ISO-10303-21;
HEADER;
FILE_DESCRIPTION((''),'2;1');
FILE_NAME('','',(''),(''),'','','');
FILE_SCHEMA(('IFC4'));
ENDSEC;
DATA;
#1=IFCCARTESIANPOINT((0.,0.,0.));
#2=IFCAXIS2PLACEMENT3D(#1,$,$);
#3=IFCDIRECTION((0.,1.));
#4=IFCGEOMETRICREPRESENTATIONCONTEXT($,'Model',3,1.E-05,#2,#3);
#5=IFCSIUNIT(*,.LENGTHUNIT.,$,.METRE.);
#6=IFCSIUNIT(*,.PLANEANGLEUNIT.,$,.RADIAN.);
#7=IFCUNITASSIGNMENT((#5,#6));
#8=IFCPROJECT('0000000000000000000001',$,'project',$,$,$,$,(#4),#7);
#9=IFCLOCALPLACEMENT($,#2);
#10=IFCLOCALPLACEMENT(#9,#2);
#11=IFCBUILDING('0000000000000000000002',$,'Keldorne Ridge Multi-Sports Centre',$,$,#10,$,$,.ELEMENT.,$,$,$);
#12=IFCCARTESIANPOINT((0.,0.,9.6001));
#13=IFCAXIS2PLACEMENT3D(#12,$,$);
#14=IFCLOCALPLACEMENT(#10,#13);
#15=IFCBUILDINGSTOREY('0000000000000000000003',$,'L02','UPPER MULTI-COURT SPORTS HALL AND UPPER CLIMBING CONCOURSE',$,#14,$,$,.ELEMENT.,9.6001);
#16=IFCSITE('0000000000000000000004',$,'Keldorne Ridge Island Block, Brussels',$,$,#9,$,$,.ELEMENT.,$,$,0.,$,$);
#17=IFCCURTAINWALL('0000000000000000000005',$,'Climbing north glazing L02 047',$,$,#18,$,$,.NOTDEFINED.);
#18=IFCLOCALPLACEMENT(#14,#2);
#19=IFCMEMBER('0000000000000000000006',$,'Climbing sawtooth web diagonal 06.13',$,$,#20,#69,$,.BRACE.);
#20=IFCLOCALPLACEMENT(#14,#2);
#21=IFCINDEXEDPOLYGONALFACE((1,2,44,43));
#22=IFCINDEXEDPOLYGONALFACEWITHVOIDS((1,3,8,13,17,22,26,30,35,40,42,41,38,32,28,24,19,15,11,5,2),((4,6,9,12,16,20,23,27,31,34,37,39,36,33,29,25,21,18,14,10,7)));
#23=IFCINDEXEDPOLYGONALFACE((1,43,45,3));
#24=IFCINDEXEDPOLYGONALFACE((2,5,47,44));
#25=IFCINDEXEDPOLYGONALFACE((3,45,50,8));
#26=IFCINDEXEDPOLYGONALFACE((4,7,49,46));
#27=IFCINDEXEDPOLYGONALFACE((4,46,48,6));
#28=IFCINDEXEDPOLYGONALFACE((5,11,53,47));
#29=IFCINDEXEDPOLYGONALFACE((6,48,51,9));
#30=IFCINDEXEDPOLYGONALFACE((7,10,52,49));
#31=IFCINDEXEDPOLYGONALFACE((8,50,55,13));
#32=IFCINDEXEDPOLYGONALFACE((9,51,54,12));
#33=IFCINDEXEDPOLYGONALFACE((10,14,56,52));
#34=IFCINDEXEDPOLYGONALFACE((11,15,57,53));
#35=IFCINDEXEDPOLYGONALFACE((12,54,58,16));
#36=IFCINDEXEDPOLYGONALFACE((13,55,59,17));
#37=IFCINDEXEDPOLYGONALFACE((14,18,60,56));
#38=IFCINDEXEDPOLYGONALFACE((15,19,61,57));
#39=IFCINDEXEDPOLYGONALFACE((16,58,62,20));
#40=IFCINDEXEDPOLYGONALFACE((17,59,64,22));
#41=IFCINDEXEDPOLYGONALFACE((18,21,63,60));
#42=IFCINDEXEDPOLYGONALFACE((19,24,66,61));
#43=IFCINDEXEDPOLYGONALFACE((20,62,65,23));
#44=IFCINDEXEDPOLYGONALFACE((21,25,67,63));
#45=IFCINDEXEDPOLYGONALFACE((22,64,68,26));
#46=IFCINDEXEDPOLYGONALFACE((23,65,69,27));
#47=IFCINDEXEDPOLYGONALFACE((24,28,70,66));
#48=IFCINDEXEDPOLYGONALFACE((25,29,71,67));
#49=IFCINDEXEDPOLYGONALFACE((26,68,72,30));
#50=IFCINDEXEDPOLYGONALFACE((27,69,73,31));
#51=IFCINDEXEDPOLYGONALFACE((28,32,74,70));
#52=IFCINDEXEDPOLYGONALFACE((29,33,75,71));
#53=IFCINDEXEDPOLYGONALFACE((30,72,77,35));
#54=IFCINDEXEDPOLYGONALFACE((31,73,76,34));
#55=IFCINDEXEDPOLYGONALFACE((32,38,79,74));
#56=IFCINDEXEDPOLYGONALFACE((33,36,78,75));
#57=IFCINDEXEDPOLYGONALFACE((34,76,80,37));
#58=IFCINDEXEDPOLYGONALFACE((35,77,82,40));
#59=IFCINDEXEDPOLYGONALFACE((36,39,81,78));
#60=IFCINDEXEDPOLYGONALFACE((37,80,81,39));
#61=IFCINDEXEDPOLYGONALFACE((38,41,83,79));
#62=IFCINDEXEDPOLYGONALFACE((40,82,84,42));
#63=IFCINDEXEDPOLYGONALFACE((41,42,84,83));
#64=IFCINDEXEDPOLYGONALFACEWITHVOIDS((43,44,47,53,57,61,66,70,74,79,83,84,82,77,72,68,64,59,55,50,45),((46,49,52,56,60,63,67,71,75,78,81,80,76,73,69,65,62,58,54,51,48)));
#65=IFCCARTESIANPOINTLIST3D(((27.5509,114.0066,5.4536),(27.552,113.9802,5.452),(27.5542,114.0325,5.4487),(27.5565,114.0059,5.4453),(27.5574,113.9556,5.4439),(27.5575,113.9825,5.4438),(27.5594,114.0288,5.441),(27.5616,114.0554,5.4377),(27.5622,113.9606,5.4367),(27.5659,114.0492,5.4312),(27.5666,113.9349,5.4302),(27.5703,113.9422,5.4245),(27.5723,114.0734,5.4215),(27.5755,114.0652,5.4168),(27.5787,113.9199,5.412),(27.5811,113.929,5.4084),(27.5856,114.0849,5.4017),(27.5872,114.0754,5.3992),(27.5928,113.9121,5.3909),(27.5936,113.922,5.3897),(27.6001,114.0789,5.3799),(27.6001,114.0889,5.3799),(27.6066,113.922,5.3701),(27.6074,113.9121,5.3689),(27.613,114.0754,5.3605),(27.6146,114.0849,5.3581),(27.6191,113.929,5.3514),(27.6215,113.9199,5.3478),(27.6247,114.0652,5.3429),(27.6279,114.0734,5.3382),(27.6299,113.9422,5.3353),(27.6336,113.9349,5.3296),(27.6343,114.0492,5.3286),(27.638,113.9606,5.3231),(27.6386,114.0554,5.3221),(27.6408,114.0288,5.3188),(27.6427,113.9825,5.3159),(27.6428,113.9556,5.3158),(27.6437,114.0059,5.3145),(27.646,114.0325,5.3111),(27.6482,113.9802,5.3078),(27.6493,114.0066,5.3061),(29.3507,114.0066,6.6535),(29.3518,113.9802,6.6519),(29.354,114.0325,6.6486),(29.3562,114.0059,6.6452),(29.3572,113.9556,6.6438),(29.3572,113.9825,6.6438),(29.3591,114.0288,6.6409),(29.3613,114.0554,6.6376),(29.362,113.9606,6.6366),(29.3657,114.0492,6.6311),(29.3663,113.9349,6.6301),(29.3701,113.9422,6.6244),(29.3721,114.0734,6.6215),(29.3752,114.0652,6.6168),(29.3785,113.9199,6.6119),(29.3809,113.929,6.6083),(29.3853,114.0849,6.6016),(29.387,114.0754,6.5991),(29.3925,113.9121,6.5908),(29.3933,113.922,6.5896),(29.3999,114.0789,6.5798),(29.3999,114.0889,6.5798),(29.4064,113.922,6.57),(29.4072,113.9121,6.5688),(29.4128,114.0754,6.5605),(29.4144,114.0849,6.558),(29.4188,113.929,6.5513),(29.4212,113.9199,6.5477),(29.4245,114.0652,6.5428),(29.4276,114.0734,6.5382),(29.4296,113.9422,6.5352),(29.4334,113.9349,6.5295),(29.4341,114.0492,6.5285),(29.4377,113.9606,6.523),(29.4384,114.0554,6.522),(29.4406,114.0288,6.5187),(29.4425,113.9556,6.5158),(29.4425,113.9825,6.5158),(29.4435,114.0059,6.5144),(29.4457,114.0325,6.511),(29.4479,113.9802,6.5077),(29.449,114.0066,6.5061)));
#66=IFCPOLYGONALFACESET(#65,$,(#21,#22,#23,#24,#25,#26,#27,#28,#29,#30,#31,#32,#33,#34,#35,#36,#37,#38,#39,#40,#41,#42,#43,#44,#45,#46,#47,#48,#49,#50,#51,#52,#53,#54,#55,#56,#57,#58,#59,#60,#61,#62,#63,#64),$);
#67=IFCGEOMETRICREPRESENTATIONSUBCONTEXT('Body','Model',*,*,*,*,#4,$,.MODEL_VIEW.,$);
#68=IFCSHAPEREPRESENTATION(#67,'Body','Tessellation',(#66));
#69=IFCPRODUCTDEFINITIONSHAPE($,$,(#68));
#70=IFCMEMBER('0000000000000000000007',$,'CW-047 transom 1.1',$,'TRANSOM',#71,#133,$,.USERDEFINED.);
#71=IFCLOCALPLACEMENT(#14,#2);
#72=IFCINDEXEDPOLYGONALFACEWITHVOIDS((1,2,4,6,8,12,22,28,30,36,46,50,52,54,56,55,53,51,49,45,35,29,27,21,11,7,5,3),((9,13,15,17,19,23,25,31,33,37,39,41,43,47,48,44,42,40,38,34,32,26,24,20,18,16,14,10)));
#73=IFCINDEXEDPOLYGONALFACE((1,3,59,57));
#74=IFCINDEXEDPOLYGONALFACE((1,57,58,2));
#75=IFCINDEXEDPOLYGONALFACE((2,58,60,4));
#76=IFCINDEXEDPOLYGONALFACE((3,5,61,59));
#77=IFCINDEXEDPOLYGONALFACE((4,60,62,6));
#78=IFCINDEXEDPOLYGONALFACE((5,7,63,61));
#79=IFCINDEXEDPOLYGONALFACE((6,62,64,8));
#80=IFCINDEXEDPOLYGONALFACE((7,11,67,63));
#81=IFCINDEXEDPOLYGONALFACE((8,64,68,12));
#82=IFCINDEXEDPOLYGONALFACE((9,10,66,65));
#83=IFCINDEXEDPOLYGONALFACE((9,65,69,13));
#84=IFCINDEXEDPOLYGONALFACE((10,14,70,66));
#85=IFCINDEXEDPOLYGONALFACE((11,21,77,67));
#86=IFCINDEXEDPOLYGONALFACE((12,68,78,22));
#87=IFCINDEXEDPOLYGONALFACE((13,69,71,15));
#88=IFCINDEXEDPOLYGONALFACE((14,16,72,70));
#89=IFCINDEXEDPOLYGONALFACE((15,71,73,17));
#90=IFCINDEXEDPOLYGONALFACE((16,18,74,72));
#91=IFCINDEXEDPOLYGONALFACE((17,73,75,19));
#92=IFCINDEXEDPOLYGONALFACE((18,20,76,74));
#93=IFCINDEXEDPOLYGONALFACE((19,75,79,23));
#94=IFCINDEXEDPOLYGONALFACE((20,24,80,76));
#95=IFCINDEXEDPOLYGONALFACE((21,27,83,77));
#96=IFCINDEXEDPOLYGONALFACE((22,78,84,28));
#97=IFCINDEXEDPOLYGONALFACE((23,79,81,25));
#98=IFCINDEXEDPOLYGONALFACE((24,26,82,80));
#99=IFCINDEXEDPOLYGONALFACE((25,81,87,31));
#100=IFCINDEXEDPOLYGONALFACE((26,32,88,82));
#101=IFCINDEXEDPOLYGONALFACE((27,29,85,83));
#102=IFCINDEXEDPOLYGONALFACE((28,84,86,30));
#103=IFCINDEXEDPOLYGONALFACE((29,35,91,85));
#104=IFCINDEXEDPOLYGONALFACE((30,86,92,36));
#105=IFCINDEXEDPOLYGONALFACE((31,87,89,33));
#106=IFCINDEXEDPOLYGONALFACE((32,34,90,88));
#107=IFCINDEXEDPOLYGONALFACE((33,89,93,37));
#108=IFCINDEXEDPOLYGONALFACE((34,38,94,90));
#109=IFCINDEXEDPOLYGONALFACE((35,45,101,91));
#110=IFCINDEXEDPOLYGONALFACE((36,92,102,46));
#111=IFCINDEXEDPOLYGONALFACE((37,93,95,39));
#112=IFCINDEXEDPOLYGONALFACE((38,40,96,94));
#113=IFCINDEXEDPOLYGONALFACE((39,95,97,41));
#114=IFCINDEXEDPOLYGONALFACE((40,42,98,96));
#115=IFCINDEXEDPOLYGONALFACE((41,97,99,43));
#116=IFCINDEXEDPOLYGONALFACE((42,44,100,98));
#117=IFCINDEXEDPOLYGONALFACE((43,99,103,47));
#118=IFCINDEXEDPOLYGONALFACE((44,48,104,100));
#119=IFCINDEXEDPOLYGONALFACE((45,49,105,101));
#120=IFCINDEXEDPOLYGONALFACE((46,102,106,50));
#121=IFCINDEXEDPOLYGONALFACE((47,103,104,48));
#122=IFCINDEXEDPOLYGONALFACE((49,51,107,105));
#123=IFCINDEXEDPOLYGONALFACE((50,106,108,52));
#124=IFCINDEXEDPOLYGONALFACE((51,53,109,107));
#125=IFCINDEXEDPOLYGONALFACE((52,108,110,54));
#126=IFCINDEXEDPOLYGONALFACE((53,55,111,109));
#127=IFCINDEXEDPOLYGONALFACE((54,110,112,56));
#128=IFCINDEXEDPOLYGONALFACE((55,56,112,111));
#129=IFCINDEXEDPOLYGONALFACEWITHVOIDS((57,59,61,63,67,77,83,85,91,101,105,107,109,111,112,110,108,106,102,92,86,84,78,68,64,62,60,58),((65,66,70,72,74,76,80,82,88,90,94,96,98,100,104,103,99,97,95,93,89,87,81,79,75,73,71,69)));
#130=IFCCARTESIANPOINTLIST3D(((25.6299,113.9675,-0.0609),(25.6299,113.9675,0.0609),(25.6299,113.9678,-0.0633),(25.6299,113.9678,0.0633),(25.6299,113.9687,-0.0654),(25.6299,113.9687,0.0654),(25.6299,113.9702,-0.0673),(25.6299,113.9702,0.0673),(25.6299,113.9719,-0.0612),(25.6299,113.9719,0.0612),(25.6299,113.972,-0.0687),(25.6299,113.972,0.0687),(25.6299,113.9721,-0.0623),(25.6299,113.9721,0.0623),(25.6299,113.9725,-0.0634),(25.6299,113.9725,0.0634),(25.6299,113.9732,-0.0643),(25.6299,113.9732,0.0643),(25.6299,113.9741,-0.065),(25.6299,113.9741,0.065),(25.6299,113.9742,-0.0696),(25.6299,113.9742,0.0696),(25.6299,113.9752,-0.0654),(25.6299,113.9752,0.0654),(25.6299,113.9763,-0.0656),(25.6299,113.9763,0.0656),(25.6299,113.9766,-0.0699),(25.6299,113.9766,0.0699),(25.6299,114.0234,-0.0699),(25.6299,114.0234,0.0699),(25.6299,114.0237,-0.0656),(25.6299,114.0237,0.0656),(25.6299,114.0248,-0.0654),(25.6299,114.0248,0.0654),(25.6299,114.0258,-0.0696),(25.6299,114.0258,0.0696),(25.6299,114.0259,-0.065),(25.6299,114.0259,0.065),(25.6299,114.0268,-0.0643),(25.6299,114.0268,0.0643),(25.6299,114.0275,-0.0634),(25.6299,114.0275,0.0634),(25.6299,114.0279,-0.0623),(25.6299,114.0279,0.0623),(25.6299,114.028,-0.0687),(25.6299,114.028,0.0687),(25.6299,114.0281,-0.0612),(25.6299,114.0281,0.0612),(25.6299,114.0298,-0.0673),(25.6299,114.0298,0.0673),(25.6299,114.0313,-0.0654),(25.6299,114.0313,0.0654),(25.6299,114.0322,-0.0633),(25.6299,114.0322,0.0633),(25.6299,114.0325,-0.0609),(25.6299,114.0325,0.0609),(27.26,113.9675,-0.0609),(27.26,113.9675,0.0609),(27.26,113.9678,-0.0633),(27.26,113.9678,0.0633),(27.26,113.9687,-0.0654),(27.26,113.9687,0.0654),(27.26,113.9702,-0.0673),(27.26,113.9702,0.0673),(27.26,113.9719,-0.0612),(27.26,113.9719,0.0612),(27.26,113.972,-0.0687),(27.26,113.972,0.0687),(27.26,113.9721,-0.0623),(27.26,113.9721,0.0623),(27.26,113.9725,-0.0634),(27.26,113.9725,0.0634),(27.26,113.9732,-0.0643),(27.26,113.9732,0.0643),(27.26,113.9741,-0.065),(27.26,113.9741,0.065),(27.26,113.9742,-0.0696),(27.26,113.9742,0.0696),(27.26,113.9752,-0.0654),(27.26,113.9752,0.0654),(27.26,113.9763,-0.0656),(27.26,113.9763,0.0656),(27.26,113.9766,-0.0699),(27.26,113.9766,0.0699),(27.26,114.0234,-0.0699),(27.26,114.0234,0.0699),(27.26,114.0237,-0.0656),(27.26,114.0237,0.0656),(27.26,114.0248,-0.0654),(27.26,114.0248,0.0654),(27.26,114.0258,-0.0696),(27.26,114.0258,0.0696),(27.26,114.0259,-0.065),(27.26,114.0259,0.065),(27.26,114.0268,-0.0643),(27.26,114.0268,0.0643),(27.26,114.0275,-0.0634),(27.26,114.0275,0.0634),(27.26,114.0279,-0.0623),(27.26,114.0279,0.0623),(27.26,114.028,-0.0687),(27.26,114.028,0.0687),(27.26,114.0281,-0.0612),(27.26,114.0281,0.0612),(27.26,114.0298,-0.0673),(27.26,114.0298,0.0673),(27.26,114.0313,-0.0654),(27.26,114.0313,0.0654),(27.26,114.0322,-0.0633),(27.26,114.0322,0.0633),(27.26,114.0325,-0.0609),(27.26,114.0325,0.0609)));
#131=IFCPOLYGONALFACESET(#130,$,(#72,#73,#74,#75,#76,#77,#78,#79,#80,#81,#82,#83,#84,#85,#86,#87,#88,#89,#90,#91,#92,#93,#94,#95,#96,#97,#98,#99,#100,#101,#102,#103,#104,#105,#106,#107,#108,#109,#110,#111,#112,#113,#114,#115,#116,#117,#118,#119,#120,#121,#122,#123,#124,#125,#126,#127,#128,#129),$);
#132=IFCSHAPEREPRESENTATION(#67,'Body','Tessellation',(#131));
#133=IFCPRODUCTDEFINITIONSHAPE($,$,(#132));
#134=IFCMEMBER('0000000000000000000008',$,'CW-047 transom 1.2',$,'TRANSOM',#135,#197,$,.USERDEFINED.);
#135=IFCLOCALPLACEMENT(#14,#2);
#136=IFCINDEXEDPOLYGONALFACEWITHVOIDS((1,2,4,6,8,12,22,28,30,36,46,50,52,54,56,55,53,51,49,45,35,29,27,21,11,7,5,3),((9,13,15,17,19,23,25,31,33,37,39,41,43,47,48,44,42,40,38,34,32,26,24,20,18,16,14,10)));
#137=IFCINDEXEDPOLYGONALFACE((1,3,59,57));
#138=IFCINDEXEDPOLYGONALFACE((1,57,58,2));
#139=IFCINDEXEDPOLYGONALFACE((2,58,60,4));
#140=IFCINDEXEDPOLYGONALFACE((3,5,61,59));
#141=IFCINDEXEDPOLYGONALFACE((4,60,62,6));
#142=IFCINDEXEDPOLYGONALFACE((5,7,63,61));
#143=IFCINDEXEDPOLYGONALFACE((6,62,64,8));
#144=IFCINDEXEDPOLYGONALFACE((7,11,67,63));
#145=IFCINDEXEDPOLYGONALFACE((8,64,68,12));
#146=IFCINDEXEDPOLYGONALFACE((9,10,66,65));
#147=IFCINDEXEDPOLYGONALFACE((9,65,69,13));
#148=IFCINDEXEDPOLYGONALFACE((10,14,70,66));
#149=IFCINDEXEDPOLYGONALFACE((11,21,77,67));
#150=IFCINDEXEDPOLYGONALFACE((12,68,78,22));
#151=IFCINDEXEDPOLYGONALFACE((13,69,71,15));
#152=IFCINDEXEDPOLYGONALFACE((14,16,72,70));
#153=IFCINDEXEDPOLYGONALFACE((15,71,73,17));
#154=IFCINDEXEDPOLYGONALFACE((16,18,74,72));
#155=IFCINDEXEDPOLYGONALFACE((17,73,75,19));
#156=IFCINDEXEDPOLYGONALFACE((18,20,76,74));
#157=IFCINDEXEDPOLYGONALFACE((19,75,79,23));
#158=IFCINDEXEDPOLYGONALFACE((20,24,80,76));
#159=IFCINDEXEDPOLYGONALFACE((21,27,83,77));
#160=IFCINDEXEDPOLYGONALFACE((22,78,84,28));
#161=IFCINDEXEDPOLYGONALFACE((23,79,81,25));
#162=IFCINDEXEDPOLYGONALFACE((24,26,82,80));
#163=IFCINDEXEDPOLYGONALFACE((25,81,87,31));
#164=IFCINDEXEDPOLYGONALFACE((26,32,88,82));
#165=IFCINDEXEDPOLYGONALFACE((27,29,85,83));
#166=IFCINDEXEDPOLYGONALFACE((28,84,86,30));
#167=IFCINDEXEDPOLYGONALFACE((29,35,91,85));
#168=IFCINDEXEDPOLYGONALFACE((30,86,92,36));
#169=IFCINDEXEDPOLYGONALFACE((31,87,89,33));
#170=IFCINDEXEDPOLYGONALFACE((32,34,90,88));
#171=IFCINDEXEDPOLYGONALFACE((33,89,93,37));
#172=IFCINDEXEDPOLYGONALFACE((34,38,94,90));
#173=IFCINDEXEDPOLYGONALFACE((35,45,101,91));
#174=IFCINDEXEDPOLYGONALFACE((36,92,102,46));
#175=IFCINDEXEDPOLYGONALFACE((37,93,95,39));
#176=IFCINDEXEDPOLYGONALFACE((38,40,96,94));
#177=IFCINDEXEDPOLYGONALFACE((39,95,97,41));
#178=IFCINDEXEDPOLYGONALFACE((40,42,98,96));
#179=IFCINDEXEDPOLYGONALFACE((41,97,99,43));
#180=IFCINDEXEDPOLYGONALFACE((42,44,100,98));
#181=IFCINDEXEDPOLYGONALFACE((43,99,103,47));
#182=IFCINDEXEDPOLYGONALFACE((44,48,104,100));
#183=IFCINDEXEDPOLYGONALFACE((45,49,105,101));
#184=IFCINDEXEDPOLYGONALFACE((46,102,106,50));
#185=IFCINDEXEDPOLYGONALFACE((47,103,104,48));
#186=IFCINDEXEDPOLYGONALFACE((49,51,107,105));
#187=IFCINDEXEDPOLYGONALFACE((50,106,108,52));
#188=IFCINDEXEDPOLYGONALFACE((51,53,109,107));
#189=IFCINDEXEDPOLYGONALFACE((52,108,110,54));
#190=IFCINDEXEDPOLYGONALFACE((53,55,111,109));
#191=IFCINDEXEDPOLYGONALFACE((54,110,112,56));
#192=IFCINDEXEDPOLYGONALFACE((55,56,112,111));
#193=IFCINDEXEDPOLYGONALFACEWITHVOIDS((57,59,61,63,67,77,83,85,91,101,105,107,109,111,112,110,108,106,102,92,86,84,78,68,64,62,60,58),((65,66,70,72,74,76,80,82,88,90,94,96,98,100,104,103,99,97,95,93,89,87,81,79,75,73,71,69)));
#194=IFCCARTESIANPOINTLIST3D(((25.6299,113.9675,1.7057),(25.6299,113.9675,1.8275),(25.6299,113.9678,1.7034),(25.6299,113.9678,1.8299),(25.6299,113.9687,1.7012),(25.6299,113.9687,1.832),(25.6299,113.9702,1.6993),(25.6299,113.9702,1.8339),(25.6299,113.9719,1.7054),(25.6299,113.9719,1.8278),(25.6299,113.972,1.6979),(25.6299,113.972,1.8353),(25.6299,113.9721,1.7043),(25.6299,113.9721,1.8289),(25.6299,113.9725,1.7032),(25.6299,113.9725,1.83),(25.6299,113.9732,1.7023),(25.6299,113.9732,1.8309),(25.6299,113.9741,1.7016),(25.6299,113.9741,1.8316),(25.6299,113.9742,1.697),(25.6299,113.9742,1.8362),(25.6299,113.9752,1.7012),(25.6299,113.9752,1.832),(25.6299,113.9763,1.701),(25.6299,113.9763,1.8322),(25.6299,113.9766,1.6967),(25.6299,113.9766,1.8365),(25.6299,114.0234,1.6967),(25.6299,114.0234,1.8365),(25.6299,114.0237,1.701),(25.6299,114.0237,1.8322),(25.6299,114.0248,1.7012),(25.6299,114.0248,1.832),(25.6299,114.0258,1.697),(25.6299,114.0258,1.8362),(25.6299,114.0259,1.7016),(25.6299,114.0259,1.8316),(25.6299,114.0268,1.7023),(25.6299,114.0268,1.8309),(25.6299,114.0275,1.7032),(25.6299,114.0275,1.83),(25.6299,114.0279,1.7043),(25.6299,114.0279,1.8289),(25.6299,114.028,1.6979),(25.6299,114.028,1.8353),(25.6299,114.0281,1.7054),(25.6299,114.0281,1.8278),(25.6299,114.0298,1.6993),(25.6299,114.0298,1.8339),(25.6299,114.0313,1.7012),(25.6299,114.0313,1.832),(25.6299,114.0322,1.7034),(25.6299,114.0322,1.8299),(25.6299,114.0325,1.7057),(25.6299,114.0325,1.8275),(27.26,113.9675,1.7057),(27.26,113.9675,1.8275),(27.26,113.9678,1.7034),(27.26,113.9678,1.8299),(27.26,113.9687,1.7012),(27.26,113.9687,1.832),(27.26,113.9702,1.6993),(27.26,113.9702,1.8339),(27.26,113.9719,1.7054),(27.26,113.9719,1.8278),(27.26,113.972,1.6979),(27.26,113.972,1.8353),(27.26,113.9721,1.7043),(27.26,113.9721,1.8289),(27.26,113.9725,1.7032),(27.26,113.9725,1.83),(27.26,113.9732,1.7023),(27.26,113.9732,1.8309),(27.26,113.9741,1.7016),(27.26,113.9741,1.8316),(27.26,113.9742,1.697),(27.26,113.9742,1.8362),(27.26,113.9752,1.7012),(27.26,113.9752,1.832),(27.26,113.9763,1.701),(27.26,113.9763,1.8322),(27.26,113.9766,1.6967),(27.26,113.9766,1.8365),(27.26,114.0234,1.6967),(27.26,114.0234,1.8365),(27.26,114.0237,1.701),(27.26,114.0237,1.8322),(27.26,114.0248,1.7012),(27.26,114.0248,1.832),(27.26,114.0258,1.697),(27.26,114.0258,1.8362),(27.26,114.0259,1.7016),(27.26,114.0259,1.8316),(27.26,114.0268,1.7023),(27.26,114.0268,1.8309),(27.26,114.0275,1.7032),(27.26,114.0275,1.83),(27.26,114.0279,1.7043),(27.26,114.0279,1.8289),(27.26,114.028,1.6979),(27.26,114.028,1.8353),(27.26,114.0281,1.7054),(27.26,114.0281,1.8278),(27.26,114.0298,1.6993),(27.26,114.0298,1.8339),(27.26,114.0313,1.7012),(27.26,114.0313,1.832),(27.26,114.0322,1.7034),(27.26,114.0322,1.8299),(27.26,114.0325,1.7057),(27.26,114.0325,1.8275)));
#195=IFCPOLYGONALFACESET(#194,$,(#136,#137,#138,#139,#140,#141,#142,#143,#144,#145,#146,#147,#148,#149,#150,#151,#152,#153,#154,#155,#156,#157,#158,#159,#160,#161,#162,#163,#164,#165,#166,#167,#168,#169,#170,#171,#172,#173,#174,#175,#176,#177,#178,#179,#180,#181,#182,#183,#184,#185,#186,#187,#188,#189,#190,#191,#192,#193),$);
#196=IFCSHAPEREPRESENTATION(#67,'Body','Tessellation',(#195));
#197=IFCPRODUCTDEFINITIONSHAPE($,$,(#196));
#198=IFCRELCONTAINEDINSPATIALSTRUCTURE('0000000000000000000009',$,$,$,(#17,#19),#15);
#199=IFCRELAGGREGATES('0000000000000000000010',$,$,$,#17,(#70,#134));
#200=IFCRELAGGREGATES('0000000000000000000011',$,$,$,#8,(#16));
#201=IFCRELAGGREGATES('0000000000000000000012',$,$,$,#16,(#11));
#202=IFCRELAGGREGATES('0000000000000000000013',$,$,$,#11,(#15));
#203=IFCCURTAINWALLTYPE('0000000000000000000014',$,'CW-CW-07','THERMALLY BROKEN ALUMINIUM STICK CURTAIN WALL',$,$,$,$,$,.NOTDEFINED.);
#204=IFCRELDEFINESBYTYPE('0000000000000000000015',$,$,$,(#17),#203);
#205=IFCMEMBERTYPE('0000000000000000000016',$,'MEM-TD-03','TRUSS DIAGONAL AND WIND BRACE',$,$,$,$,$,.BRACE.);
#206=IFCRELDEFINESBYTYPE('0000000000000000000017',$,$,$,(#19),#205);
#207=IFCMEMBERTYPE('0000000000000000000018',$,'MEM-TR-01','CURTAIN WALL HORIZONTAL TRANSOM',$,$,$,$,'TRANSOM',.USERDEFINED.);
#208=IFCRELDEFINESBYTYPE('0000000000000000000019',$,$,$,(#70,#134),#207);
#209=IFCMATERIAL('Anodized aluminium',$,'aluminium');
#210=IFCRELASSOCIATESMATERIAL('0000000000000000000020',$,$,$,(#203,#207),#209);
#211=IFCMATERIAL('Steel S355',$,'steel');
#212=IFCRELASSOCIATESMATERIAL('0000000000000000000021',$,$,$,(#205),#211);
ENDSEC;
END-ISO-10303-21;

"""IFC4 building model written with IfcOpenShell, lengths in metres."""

from ifc_helpers import new_model, si_unit, direction, frame, origin, origin_2d, place, context, subcontext, project, spatial, hollow_rectangle, hollow_circle, extrude, material, material_profile, profile_set, type_object, element, aggregate, save


model = new_model("IFC4")

# Units and contexts
model_context = context("Model", 3, precision=1e-05, world=origin(), true_north=direction((0.0, 1.0)))
body_context = subcontext(model_context, "Body", "Model", "MODEL_VIEW")
ifc_project = project(units=[si_unit("LENGTHUNIT", "METRE"), si_unit("PLANEANGLEUNIT", "RADIAN")], contexts=[model_context])

# Site, building, storey
site_placement = place(None, origin())
site = spatial("IfcSite", under=ifc_project, at=site_placement, Name="Keldorne Ridge Island Block, Brussels", CompositionType="ELEMENT", RefElevation=0.0)
building_placement = place(site_placement, origin())
building = spatial("IfcBuilding", under=site, at=building_placement, Name="Keldorne Ridge Multi-Sports Centre", CompositionType="ELEMENT")
storey_placement = place(building_placement, frame((0.0, 0.0, 9.6001)))
storey = spatial("IfcBuildingStorey", under=building, at=storey_placement, Name="L02", Description="UPPER MULTI-COURT SPORTS HALL AND UPPER CLIMBING CONCOURSE", CompositionType="ELEMENT", Elevation=9.6001)

# Shared definitions
ifc_material_1 = material(Name="Steel S355", Category="steel")

# Curtain wall
ifc_material_2 = material(Name="Anodized aluminium", Category="aluminium")
curtain_wall_type = type_object("IfcCurtainWallType", Name="CW-CW-07", Description="THERMALLY BROKEN ALUMINIUM STICK CURTAIN WALL", PredefinedType="NOTDEFINED", material=ifc_material_2)
curtain_wall_placement = place(storey_placement, origin())
curtain_wall = element("IfcCurtainWall", 1, at=curtain_wall_placement, inside=storey, type_object=curtain_wall_type, Name="Climbing north glazing L02 047", PredefinedType="NOTDEFINED")

# Member
ifc_material_profile_1 = material_profile(ifc_material_1, hollow_circle(Radius=0.0889, WallThickness=0.01, at=origin_2d()), Name="CHS 177.8x10")
ifc_profile_set_1 = profile_set([ifc_material_profile_1], Name="Steel S355")
member_type_1 = type_object("IfcMemberType", Name="MEM-TD-03", Description="TRUSS DIAGONAL AND WIND BRACE", PredefinedType="BRACE", material=ifc_profile_set_1)
member_1_placement = place(storey_placement, frame((27.6001, 114.0, 5.3799), z_axis=(0.832033, 0.0, 0.554726), x_axis=(0.0, 1.0, 0.0)))
element("IfcMember", 2, at=member_1_placement, inside=storey, type_object=member_type_1, Name="Climbing sawtooth web diagonal 06.13", PredefinedType="BRACE", context=body_context, shape_type="SweptSolid", body=[
    extrude(hollow_circle(Radius=0.0889, WallThickness=0.01, at=origin_2d()), origin(), (0.0, 0.0, 1.0), 2.1631),
])

# Members
ifc_material_profile_2 = material_profile(ifc_material_2, hollow_rectangle(XDim=0.0649, YDim=0.1399, WallThickness=0.0044, InnerFilletRadius=0.0044, OuterFilletRadius=0.009, at=origin_2d()), Name="ALU TRANSOM 140x65x4.5")
ifc_profile_set_2 = profile_set([ifc_material_profile_2], Name="Anodized aluminium")
member_type_2 = type_object("IfcMemberType", Name="MEM-TR-01", Description="CURTAIN WALL HORIZONTAL TRANSOM", ElementType="TRANSOM", PredefinedType="USERDEFINED", material=ifc_profile_set_2)
member_2_placement = place(storey_placement, frame((27.26, 114.0, 0.0), z_axis=(-1.0, 0.0, 0.0), x_axis=(0.0, -1.0, 0.0)))
member_2 = element("IfcMember", 3, at=member_2_placement, type_object=member_type_2, Name="CW-047 transom 1.1", ObjectType="TRANSOM", PredefinedType="USERDEFINED", context=body_context, shape_type="SweptSolid", body=[
    extrude(hollow_rectangle(XDim=0.0649, YDim=0.1399, WallThickness=0.0044, InnerFilletRadius=0.0044, OuterFilletRadius=0.009, at=origin_2d()), origin(), (0.0, 0.0, 1.0), 1.6301),
])
member_3_placement = place(storey_placement, frame((27.26, 114.0, 1.7666), z_axis=(-1.0, 0.0, 0.0), x_axis=(0.0, -1.0, 0.0)))
member_3 = element("IfcMember", 4, at=member_3_placement, type_object=member_type_2, Name="CW-047 transom 1.2", ObjectType="TRANSOM", PredefinedType="USERDEFINED", context=body_context, shape_type="SweptSolid", body=[
    extrude(hollow_rectangle(XDim=0.0649, YDim=0.1399, WallThickness=0.0044, InnerFilletRadius=0.0044, OuterFilletRadius=0.009, at=origin_2d()), origin(), (0.0, 0.0, 1.0), 1.6301),
])

aggregate(curtain_wall, [member_2, member_3])

save(model, "model.ifc")
